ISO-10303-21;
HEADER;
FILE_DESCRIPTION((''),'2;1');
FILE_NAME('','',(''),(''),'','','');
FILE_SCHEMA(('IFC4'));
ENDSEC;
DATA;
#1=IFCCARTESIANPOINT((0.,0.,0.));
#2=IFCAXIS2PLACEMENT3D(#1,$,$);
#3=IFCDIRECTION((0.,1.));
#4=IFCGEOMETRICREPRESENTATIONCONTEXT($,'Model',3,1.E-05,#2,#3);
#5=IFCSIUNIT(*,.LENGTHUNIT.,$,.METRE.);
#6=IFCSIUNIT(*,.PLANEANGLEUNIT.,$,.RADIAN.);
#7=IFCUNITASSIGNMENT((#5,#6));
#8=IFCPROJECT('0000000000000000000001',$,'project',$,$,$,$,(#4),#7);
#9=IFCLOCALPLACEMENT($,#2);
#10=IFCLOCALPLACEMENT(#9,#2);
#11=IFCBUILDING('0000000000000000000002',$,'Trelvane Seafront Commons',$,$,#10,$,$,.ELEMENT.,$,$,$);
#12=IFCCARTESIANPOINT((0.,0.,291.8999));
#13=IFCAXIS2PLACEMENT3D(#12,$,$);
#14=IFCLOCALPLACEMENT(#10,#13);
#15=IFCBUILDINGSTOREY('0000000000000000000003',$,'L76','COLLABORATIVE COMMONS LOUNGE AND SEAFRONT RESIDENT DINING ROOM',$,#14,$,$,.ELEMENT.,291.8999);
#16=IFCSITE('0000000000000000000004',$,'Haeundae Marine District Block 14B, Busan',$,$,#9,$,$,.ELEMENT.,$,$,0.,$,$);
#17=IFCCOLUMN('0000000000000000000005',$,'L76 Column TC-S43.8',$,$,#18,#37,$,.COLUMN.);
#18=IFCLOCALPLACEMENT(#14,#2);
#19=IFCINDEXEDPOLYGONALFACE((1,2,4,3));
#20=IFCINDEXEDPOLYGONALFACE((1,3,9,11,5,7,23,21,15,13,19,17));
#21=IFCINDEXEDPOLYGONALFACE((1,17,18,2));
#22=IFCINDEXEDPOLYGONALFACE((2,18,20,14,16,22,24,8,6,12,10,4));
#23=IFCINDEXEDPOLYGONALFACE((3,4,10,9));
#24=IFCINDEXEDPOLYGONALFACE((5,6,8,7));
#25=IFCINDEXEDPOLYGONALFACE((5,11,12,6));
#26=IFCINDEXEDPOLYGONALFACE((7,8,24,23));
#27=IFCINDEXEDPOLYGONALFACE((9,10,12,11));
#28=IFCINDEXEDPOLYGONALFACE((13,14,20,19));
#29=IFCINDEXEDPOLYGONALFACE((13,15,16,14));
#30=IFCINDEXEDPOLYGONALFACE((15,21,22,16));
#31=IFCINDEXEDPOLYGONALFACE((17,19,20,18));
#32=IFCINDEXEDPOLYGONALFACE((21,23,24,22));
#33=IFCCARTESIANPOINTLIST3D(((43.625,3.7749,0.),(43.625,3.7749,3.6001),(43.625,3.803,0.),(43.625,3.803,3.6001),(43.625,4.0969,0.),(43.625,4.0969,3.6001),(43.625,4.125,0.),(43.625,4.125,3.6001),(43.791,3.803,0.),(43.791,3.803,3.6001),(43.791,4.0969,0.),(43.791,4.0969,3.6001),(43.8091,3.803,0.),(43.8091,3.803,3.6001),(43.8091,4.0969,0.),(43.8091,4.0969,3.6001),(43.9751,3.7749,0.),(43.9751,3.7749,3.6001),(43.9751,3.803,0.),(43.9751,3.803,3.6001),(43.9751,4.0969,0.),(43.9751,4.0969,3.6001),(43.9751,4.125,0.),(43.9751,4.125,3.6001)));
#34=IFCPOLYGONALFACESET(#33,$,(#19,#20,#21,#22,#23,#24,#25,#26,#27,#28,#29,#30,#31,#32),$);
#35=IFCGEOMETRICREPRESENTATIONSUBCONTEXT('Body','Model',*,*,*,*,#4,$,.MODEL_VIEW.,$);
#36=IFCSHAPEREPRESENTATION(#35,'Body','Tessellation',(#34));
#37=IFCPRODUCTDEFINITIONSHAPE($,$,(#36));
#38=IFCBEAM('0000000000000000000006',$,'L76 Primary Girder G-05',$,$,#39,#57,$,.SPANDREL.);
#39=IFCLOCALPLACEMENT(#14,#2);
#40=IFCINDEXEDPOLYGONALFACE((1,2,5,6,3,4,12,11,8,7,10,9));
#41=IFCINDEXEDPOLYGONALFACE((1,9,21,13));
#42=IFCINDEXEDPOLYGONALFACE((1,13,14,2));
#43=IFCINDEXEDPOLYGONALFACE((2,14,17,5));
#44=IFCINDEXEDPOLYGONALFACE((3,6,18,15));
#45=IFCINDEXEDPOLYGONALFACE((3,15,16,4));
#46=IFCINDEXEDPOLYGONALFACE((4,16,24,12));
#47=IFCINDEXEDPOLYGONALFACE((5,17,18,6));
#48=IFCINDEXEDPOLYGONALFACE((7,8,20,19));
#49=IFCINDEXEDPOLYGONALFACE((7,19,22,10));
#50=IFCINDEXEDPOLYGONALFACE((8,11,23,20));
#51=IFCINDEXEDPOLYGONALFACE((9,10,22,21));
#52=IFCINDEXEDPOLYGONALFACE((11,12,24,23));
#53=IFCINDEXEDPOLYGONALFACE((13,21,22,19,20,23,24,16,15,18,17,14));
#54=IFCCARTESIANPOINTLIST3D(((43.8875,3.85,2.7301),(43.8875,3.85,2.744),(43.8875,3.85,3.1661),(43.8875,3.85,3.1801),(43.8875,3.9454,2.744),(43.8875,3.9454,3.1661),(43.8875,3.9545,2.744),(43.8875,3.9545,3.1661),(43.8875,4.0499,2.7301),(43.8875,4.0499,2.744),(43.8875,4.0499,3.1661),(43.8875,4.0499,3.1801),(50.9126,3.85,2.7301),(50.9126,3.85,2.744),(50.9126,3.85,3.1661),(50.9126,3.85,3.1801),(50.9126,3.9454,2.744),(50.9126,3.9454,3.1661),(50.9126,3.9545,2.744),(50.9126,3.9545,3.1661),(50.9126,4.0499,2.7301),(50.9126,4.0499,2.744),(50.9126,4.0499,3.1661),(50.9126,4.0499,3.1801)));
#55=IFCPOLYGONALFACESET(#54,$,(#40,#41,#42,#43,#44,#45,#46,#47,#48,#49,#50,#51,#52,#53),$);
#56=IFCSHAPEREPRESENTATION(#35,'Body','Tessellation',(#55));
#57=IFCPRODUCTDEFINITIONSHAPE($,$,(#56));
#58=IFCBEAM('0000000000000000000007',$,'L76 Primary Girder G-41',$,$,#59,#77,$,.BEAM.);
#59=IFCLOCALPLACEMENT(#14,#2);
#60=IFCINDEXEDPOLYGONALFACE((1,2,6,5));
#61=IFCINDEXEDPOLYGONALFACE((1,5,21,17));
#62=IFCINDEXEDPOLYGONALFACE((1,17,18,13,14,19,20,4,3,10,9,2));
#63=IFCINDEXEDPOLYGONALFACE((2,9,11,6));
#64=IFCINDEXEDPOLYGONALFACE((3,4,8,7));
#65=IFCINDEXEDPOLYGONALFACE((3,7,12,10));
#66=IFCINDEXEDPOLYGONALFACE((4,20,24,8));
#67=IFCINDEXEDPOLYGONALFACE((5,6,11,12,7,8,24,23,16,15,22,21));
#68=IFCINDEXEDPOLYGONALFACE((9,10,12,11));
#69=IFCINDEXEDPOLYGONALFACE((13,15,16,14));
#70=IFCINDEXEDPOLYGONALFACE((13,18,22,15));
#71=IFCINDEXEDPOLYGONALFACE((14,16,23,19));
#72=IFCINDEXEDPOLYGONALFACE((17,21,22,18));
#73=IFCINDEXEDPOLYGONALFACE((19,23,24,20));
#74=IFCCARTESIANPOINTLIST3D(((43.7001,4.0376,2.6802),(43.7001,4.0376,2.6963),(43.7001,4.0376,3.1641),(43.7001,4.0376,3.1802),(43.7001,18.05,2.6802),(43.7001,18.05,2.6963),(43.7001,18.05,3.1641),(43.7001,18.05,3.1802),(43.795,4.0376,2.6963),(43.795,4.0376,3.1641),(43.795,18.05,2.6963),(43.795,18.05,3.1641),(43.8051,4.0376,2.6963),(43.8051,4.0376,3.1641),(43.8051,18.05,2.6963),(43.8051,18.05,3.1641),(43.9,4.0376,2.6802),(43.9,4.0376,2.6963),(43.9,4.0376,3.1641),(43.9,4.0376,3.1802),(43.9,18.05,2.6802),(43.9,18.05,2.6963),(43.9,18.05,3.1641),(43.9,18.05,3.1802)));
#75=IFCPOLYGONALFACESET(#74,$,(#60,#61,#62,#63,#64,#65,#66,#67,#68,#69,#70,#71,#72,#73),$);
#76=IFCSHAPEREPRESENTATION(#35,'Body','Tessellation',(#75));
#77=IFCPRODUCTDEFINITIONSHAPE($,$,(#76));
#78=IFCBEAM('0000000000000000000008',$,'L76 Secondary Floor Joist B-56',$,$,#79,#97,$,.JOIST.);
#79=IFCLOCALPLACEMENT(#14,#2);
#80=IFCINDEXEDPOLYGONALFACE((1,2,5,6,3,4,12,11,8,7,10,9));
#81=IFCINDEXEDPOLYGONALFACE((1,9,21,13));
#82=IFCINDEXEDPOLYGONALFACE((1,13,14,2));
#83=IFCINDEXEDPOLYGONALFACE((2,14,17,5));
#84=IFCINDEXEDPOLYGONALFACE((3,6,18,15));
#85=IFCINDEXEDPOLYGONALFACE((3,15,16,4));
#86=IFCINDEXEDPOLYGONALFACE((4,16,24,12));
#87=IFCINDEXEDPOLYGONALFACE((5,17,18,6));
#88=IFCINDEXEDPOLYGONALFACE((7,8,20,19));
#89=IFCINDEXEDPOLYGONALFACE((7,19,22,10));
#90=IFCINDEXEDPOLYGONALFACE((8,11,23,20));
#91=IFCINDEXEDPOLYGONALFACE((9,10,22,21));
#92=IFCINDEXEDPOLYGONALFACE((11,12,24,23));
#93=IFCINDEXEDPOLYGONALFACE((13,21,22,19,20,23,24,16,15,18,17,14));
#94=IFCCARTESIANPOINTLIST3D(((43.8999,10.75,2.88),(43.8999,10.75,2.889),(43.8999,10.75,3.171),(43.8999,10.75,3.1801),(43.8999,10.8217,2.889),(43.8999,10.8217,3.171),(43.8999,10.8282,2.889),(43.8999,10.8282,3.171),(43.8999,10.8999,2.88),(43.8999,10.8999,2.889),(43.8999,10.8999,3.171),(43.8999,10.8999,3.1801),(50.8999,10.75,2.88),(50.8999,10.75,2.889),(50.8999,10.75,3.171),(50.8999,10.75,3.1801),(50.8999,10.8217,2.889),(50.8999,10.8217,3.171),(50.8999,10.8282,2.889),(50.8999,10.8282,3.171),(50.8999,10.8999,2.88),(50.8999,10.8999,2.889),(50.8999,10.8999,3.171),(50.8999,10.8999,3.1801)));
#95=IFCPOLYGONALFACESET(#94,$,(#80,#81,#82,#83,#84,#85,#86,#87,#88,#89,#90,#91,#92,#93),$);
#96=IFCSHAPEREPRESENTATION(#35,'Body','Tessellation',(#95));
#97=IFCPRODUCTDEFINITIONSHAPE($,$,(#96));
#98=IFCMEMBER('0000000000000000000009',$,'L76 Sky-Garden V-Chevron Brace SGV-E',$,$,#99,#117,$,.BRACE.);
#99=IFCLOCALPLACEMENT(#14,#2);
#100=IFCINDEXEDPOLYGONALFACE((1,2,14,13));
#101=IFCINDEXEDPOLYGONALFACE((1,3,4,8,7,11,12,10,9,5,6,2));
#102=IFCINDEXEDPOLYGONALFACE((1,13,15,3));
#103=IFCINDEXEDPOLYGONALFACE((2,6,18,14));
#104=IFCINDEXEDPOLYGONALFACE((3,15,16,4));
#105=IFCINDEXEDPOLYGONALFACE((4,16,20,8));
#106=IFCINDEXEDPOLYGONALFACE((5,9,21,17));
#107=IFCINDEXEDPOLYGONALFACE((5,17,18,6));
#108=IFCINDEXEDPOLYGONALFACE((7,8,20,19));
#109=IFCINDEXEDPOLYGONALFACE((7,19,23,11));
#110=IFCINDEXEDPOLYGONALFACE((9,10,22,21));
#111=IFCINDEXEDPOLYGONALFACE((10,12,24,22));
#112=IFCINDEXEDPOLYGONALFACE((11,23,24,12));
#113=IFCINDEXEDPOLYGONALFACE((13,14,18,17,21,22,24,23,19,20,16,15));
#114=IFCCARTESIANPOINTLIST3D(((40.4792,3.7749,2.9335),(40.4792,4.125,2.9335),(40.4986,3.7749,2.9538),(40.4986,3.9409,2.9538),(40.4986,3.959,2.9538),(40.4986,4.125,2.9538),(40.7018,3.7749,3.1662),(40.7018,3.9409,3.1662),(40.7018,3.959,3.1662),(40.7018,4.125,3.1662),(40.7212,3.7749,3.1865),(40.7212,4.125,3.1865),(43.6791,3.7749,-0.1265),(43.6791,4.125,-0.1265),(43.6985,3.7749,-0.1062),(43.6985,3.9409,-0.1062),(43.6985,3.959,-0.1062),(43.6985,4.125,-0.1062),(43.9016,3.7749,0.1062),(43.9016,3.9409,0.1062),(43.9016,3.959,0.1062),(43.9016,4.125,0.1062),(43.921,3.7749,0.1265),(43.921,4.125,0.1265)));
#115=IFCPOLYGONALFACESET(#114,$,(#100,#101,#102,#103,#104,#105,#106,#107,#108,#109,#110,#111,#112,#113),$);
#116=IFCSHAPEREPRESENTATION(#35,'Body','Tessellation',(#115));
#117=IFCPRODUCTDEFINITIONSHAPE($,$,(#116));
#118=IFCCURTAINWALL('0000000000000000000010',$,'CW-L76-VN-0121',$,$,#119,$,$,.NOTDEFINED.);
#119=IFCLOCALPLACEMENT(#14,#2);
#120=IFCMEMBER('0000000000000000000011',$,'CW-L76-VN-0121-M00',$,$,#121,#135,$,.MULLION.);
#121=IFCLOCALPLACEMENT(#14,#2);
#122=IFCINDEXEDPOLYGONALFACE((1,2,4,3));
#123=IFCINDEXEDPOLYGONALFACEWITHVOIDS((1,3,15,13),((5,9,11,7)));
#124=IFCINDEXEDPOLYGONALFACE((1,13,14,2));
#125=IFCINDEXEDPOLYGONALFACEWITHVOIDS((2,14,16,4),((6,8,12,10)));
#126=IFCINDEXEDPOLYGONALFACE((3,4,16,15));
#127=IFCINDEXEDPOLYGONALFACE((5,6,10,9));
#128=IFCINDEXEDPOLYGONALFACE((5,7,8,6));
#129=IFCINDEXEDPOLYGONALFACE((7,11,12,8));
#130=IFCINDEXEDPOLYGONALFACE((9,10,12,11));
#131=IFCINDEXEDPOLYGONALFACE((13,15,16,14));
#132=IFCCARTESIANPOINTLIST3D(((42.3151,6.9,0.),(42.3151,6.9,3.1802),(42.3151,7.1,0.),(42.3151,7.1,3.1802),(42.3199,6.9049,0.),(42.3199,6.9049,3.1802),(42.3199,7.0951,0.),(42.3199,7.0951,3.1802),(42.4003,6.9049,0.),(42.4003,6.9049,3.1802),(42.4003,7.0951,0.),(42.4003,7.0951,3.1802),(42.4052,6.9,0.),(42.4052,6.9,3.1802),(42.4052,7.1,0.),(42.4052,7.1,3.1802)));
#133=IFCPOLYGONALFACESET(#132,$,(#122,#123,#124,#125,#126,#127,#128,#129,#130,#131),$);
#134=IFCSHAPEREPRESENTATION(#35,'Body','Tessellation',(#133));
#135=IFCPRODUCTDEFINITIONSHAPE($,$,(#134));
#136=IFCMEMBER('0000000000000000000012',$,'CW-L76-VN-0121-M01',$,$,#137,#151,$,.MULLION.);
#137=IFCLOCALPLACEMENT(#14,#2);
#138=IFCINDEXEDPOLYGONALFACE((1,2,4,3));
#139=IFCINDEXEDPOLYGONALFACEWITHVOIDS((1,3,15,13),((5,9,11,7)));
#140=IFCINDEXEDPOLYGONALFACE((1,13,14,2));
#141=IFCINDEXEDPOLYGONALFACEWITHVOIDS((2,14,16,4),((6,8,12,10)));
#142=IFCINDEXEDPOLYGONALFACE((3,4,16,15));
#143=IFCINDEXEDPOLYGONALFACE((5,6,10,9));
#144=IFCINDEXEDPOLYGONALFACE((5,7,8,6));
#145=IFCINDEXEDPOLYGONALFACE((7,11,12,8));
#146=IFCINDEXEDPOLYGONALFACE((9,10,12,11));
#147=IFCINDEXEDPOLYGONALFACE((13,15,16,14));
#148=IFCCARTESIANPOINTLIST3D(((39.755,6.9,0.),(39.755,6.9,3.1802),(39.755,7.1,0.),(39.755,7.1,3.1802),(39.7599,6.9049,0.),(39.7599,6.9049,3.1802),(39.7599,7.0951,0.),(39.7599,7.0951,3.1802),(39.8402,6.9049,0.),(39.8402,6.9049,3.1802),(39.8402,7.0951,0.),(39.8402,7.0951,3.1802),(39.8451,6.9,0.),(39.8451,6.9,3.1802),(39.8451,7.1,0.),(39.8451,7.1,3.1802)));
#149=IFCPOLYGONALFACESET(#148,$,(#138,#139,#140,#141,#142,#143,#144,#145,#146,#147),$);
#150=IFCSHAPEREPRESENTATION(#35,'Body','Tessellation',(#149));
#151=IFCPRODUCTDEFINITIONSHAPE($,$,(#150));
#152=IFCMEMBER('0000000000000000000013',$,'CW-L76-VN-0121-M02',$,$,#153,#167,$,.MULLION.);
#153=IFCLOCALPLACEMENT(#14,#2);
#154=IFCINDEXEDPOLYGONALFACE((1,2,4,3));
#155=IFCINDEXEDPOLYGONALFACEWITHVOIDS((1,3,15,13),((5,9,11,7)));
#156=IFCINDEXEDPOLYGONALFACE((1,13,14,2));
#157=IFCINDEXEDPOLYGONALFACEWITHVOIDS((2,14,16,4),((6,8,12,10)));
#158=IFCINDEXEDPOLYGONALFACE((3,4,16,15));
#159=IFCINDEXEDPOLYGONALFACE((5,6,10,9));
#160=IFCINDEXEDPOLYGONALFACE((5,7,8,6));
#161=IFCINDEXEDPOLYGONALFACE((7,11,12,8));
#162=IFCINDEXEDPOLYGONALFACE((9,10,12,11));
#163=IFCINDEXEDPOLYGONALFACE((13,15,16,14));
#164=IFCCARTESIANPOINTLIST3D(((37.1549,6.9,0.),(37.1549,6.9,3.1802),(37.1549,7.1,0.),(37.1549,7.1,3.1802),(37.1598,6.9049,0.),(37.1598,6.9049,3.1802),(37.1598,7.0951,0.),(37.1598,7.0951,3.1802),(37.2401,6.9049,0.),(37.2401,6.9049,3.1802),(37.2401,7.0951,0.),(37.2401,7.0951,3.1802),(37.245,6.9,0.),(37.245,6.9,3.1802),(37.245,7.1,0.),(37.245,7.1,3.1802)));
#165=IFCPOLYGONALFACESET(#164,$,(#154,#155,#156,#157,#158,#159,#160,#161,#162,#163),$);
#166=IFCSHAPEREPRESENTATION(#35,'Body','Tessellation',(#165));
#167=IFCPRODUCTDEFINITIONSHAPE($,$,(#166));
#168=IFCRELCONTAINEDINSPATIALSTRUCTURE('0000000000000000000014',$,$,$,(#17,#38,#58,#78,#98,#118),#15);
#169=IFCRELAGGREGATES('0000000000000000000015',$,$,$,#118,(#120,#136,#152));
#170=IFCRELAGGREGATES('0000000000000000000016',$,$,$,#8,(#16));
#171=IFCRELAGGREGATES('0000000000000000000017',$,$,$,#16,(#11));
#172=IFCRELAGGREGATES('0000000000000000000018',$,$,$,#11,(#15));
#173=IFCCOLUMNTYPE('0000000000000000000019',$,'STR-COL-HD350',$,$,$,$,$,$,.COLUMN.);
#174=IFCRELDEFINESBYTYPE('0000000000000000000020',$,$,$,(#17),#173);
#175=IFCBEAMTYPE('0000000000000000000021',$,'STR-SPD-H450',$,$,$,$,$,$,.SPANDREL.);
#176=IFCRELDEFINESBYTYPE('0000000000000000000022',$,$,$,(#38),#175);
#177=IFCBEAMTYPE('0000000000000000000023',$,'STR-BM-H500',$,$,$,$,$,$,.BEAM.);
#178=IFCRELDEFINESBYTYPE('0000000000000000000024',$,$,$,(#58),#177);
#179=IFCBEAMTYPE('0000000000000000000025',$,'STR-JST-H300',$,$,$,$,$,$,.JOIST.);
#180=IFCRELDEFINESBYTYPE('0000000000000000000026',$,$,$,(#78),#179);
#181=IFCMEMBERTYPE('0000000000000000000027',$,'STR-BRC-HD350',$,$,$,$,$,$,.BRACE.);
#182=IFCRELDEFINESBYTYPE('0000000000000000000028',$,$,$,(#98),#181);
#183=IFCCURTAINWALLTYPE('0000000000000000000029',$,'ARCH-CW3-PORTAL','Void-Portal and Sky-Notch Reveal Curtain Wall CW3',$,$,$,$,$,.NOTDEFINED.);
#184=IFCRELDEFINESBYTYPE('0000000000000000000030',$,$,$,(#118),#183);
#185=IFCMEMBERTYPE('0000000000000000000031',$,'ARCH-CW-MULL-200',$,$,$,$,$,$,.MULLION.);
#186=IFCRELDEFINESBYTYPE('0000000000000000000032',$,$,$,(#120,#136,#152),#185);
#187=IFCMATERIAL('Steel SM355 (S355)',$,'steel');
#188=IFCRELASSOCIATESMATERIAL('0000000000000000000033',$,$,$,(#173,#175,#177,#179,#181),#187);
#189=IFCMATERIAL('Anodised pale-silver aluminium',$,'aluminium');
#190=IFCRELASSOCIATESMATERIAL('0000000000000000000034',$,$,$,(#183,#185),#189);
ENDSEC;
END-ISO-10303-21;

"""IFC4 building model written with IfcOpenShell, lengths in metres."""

from ifc_helpers import new_model, si_unit, direction, frame, origin, origin_2d, place, context, subcontext, project, spatial, hollow_rectangle, i_section, extrude, source, transform, mapped, material, material_profile, profile_set, type_object, element, aggregate, save


model = new_model("IFC4")

# Units and contexts
model_context = context("Model", 3, precision=1e-05, world=origin(), true_north=direction((0.0, 1.0)))
body_context = subcontext(model_context, "Body", "Model", "MODEL_VIEW")
ifc_project = project(units=[si_unit("LENGTHUNIT", "METRE"), si_unit("PLANEANGLEUNIT", "RADIAN")], contexts=[model_context])

# Site, building, storey
site_placement = place(None, origin())
site = spatial("IfcSite", under=ifc_project, at=site_placement, Name="Haeundae Marine District Block 14B, Busan", CompositionType="ELEMENT", RefElevation=0.0)
building_placement = place(site_placement, origin())
building = spatial("IfcBuilding", under=site, at=building_placement, Name="Trelvane Seafront Commons", CompositionType="ELEMENT")
storey_placement = place(building_placement, frame((0.0, 0.0, 291.8999)))
storey = spatial("IfcBuildingStorey", under=building, at=storey_placement, Name="L76", Description="COLLABORATIVE COMMONS LOUNGE AND SEAFRONT RESIDENT DINING ROOM", CompositionType="ELEMENT", Elevation=291.8999)

# Column
ifc_material_1 = material(Name="Steel SM355 (S355)", Category="steel")
ifc_material_profile_1 = material_profile(ifc_material_1, i_section(OverallWidth=0.3501, OverallDepth=0.3501, WebThickness=0.0181, FlangeThickness=0.0281, at=origin_2d()), Name="HD-350x350x18x28")
ifc_profile_set_1 = profile_set([ifc_material_profile_1], Name="Steel SM355 (S355)")
column_type = type_object("IfcColumnType", Name="STR-COL-HD350", PredefinedType="COLUMN", material=ifc_profile_set_1)
shared_shape_1 = source(origin(), body_context, "Body", "SweptSolid", [
    extrude(i_section(OverallWidth=0.3501, OverallDepth=0.3501, WebThickness=0.0181, FlangeThickness=0.0281, at=origin_2d()), origin(), (0.0, 0.0, 1.0), 3.6001),
])
column_placement = place(storey_placement, frame((43.8, 3.95, 0.0), z_axis=(0.0, 0.0, 1.0), x_axis=(1.0, 0.0, 0.0)))
element("IfcColumn", 1, at=column_placement, inside=storey, type_object=column_type, Name="L76 Column TC-S43.8", PredefinedType="COLUMN", context=body_context, shape_type="MappedRepresentation", body=[
    mapped(shared_shape_1, transform((0.0, 0.0, 0.0), x_axis=(1.0, 0.0, 0.0), y_axis=(0.0, 1.0, 0.0), z_axis=(0.0, 0.0, 1.0), scale=1.0)),
])

# Beams
ifc_material_profile_2 = material_profile(ifc_material_1, i_section(OverallWidth=0.2, OverallDepth=0.45, WebThickness=0.009, FlangeThickness=0.0139, at=origin_2d()), Name="H-450x200x9x14")
ifc_profile_set_2 = profile_set([ifc_material_profile_2], Name="Steel SM355 (S355)")
beam_type_1 = type_object("IfcBeamType", Name="STR-SPD-H450", PredefinedType="SPANDREL", material=ifc_profile_set_2)
shared_shape_2 = source(origin(), body_context, "Body", "SweptSolid", [
    extrude(i_section(OverallWidth=0.2, OverallDepth=0.45, WebThickness=0.009, FlangeThickness=0.0139, at=origin_2d()), origin(), (0.0, 0.0, 1.0), 7.0251),
])
beam_1_placement = place(storey_placement, frame((43.8875, 3.95, 2.9551), z_axis=(1.0, 0.0, 0.0), x_axis=(0.0, 1.0, 0.0)))
element("IfcBeam", 2, at=beam_1_placement, inside=storey, type_object=beam_type_1, Name="L76 Primary Girder G-05", PredefinedType="SPANDREL", context=body_context, shape_type="MappedRepresentation", body=[
    mapped(shared_shape_2, transform((0.0, 0.0, 0.0), x_axis=(1.0, 0.0, 0.0), y_axis=(0.0, 1.0, 0.0), z_axis=(0.0, 0.0, 1.0), scale=1.0)),
])
ifc_material_profile_3 = material_profile(ifc_material_1, i_section(OverallWidth=0.2, OverallDepth=0.5, WebThickness=0.01, FlangeThickness=0.0161, at=origin_2d()), Name="H-500x200x10x16")
ifc_profile_set_3 = profile_set([ifc_material_profile_3], Name="Steel SM355 (S355)")
beam_type_2 = type_object("IfcBeamType", Name="STR-BM-H500", PredefinedType="BEAM", material=ifc_profile_set_3)
shared_shape_3 = source(origin(), body_context, "Body", "SweptSolid", [
    extrude(i_section(OverallWidth=0.2, OverallDepth=0.5, WebThickness=0.01, FlangeThickness=0.0161, at=origin_2d()), origin(), (0.0, 0.0, 1.0), 14.0125),
])
beam_2_placement = place(storey_placement, frame((43.8, 4.0376, 2.9302), z_axis=(0.0, 1.0, 0.0), x_axis=(-1.0, 0.0, 0.0)))
element("IfcBeam", 3, at=beam_2_placement, inside=storey, type_object=beam_type_2, Name="L76 Primary Girder G-41", PredefinedType="BEAM", context=body_context, shape_type="MappedRepresentation", body=[
    mapped(shared_shape_3, transform((0.0, 0.0, 0.0), x_axis=(1.0, 0.0, 0.0), y_axis=(0.0, 1.0, 0.0), z_axis=(0.0, 0.0, 1.0), scale=1.0)),
])
ifc_material_profile_4 = material_profile(ifc_material_1, i_section(OverallWidth=0.1499, OverallDepth=0.3, WebThickness=0.0066, FlangeThickness=0.009, at=origin_2d()), Name="H-300x150x6.5x9")
ifc_profile_set_4 = profile_set([ifc_material_profile_4], Name="Steel SM355 (S355)")
beam_type_3 = type_object("IfcBeamType", Name="STR-JST-H300", PredefinedType="JOIST", material=ifc_profile_set_4)
shared_shape_4 = source(origin(), body_context, "Body", "SweptSolid", [
    extrude(i_section(OverallWidth=0.1499, OverallDepth=0.3, WebThickness=0.0066, FlangeThickness=0.009, at=origin_2d()), origin(), (0.0, 0.0, 1.0), 7.0),
])
beam_3_placement = place(storey_placement, frame((43.8999, 10.825, 3.03), z_axis=(1.0, 0.0, 0.0), x_axis=(0.0, 1.0, 0.0)))
element("IfcBeam", 4, at=beam_3_placement, inside=storey, type_object=beam_type_3, Name="L76 Secondary Floor Joist B-56", PredefinedType="JOIST", context=body_context, shape_type="MappedRepresentation", body=[
    mapped(shared_shape_4, transform((0.0, 0.0, 0.0), x_axis=(1.0, 0.0, 0.0), y_axis=(0.0, 1.0, 0.0), z_axis=(0.0, 0.0, 1.0), scale=1.0)),
])

# Member
ifc_material_profile_5 = material_profile(ifc_material_1, i_section(OverallWidth=0.3501, OverallDepth=0.3501, WebThickness=0.0181, FlangeThickness=0.0281, at=origin_2d()), Name="HD-350x350x18x28")
ifc_profile_set_5 = profile_set([ifc_material_profile_5], Name="Steel SM355 (S355)")
member_type_1 = type_object("IfcMemberType", Name="STR-BRC-HD350", PredefinedType="BRACE", material=ifc_profile_set_5)
shared_shape_5 = source(origin(), body_context, "Body", "SweptSolid", [
    extrude(i_section(OverallWidth=0.3501, OverallDepth=0.3501, WebThickness=0.0181, FlangeThickness=0.0281, at=origin_2d()), origin(), (0.0, 0.0, 1.0), 4.4275),
])
member_1_placement = place(storey_placement, frame((43.8, 3.95, 0.0), z_axis=(-0.722728, 0.0, 0.691132), x_axis=(0.0, -1.0, 0.0)))
element("IfcMember", 5, at=member_1_placement, inside=storey, type_object=member_type_1, Name="L76 Sky-Garden V-Chevron Brace SGV-E", PredefinedType="BRACE", context=body_context, shape_type="MappedRepresentation", body=[
    mapped(shared_shape_5, transform((0.0, 0.0, 0.0), x_axis=(1.0, 0.0, 0.0), y_axis=(0.0, 1.0, 0.0), z_axis=(0.0, 0.0, 1.0), scale=1.0)),
])

# Curtain wall, members
ifc_material_2 = material(Name="Anodised pale-silver aluminium", Category="aluminium")
curtain_wall_type = type_object("IfcCurtainWallType", Name="ARCH-CW3-PORTAL", Description="Void-Portal and Sky-Notch Reveal Curtain Wall CW3", PredefinedType="NOTDEFINED", material=ifc_material_2)
curtain_wall_placement = place(storey_placement, origin())
curtain_wall = element("IfcCurtainWall", 6, at=curtain_wall_placement, inside=storey, type_object=curtain_wall_type, Name="CW-L76-VN-0121", PredefinedType="NOTDEFINED")
ifc_material_profile_6 = material_profile(ifc_material_2, hollow_rectangle(XDim=0.0901, YDim=0.2, WallThickness=0.0049, at=origin_2d()), Name="MULL-90x200x5")
ifc_profile_set_6 = profile_set([ifc_material_profile_6], Name="Anodised pale-silver aluminium")
member_type_2 = type_object("IfcMemberType", Name="ARCH-CW-MULL-200", PredefinedType="MULLION", material=ifc_profile_set_6)
shared_shape_6 = source(origin(), body_context, "Body", "SweptSolid", [
    extrude(hollow_rectangle(XDim=0.0901, YDim=0.2, WallThickness=0.0049, at=origin_2d()), origin(), (0.0, 0.0, 1.0), 3.1802),
])
member_2_placement = place(storey_placement, frame((42.3601, 7.0, 0.0), z_axis=(0.0, 0.0, 1.0), x_axis=(1.0, 0.0, 0.0)))
member_2 = element("IfcMember", 7, at=member_2_placement, type_object=member_type_2, Name="CW-L76-VN-0121-M00", PredefinedType="MULLION", context=body_context, shape_type="MappedRepresentation", body=[
    mapped(shared_shape_6, transform((0.0, 0.0, 0.0), x_axis=(1.0, 0.0, 0.0), y_axis=(0.0, 1.0, 0.0), z_axis=(0.0, 0.0, 1.0), scale=1.0)),
])
member_3_placement = place(storey_placement, frame((39.8, 7.0, 0.0), z_axis=(0.0, 0.0, 1.0), x_axis=(1.0, 0.0, 0.0)))
member_3 = element("IfcMember", 8, at=member_3_placement, type_object=member_type_2, Name="CW-L76-VN-0121-M01", PredefinedType="MULLION", context=body_context, shape_type="MappedRepresentation", body=[
    mapped(shared_shape_6, transform((0.0, 0.0, 0.0), x_axis=(1.0, 0.0, 0.0), y_axis=(0.0, 1.0, 0.0), z_axis=(0.0, 0.0, 1.0), scale=1.0)),
])
member_4_placement = place(storey_placement, frame((37.2, 7.0, 0.0), z_axis=(0.0, 0.0, 1.0), x_axis=(1.0, 0.0, 0.0)))
member_4 = element("IfcMember", 9, at=member_4_placement, type_object=member_type_2, Name="CW-L76-VN-0121-M02", PredefinedType="MULLION", context=body_context, shape_type="MappedRepresentation", body=[
    mapped(shared_shape_6, transform((0.0, 0.0, 0.0), x_axis=(1.0, 0.0, 0.0), y_axis=(0.0, 1.0, 0.0), z_axis=(0.0, 0.0, 1.0), scale=1.0)),
])

aggregate(curtain_wall, [member_2, member_3, member_4])

save(model, "model.ifc")
